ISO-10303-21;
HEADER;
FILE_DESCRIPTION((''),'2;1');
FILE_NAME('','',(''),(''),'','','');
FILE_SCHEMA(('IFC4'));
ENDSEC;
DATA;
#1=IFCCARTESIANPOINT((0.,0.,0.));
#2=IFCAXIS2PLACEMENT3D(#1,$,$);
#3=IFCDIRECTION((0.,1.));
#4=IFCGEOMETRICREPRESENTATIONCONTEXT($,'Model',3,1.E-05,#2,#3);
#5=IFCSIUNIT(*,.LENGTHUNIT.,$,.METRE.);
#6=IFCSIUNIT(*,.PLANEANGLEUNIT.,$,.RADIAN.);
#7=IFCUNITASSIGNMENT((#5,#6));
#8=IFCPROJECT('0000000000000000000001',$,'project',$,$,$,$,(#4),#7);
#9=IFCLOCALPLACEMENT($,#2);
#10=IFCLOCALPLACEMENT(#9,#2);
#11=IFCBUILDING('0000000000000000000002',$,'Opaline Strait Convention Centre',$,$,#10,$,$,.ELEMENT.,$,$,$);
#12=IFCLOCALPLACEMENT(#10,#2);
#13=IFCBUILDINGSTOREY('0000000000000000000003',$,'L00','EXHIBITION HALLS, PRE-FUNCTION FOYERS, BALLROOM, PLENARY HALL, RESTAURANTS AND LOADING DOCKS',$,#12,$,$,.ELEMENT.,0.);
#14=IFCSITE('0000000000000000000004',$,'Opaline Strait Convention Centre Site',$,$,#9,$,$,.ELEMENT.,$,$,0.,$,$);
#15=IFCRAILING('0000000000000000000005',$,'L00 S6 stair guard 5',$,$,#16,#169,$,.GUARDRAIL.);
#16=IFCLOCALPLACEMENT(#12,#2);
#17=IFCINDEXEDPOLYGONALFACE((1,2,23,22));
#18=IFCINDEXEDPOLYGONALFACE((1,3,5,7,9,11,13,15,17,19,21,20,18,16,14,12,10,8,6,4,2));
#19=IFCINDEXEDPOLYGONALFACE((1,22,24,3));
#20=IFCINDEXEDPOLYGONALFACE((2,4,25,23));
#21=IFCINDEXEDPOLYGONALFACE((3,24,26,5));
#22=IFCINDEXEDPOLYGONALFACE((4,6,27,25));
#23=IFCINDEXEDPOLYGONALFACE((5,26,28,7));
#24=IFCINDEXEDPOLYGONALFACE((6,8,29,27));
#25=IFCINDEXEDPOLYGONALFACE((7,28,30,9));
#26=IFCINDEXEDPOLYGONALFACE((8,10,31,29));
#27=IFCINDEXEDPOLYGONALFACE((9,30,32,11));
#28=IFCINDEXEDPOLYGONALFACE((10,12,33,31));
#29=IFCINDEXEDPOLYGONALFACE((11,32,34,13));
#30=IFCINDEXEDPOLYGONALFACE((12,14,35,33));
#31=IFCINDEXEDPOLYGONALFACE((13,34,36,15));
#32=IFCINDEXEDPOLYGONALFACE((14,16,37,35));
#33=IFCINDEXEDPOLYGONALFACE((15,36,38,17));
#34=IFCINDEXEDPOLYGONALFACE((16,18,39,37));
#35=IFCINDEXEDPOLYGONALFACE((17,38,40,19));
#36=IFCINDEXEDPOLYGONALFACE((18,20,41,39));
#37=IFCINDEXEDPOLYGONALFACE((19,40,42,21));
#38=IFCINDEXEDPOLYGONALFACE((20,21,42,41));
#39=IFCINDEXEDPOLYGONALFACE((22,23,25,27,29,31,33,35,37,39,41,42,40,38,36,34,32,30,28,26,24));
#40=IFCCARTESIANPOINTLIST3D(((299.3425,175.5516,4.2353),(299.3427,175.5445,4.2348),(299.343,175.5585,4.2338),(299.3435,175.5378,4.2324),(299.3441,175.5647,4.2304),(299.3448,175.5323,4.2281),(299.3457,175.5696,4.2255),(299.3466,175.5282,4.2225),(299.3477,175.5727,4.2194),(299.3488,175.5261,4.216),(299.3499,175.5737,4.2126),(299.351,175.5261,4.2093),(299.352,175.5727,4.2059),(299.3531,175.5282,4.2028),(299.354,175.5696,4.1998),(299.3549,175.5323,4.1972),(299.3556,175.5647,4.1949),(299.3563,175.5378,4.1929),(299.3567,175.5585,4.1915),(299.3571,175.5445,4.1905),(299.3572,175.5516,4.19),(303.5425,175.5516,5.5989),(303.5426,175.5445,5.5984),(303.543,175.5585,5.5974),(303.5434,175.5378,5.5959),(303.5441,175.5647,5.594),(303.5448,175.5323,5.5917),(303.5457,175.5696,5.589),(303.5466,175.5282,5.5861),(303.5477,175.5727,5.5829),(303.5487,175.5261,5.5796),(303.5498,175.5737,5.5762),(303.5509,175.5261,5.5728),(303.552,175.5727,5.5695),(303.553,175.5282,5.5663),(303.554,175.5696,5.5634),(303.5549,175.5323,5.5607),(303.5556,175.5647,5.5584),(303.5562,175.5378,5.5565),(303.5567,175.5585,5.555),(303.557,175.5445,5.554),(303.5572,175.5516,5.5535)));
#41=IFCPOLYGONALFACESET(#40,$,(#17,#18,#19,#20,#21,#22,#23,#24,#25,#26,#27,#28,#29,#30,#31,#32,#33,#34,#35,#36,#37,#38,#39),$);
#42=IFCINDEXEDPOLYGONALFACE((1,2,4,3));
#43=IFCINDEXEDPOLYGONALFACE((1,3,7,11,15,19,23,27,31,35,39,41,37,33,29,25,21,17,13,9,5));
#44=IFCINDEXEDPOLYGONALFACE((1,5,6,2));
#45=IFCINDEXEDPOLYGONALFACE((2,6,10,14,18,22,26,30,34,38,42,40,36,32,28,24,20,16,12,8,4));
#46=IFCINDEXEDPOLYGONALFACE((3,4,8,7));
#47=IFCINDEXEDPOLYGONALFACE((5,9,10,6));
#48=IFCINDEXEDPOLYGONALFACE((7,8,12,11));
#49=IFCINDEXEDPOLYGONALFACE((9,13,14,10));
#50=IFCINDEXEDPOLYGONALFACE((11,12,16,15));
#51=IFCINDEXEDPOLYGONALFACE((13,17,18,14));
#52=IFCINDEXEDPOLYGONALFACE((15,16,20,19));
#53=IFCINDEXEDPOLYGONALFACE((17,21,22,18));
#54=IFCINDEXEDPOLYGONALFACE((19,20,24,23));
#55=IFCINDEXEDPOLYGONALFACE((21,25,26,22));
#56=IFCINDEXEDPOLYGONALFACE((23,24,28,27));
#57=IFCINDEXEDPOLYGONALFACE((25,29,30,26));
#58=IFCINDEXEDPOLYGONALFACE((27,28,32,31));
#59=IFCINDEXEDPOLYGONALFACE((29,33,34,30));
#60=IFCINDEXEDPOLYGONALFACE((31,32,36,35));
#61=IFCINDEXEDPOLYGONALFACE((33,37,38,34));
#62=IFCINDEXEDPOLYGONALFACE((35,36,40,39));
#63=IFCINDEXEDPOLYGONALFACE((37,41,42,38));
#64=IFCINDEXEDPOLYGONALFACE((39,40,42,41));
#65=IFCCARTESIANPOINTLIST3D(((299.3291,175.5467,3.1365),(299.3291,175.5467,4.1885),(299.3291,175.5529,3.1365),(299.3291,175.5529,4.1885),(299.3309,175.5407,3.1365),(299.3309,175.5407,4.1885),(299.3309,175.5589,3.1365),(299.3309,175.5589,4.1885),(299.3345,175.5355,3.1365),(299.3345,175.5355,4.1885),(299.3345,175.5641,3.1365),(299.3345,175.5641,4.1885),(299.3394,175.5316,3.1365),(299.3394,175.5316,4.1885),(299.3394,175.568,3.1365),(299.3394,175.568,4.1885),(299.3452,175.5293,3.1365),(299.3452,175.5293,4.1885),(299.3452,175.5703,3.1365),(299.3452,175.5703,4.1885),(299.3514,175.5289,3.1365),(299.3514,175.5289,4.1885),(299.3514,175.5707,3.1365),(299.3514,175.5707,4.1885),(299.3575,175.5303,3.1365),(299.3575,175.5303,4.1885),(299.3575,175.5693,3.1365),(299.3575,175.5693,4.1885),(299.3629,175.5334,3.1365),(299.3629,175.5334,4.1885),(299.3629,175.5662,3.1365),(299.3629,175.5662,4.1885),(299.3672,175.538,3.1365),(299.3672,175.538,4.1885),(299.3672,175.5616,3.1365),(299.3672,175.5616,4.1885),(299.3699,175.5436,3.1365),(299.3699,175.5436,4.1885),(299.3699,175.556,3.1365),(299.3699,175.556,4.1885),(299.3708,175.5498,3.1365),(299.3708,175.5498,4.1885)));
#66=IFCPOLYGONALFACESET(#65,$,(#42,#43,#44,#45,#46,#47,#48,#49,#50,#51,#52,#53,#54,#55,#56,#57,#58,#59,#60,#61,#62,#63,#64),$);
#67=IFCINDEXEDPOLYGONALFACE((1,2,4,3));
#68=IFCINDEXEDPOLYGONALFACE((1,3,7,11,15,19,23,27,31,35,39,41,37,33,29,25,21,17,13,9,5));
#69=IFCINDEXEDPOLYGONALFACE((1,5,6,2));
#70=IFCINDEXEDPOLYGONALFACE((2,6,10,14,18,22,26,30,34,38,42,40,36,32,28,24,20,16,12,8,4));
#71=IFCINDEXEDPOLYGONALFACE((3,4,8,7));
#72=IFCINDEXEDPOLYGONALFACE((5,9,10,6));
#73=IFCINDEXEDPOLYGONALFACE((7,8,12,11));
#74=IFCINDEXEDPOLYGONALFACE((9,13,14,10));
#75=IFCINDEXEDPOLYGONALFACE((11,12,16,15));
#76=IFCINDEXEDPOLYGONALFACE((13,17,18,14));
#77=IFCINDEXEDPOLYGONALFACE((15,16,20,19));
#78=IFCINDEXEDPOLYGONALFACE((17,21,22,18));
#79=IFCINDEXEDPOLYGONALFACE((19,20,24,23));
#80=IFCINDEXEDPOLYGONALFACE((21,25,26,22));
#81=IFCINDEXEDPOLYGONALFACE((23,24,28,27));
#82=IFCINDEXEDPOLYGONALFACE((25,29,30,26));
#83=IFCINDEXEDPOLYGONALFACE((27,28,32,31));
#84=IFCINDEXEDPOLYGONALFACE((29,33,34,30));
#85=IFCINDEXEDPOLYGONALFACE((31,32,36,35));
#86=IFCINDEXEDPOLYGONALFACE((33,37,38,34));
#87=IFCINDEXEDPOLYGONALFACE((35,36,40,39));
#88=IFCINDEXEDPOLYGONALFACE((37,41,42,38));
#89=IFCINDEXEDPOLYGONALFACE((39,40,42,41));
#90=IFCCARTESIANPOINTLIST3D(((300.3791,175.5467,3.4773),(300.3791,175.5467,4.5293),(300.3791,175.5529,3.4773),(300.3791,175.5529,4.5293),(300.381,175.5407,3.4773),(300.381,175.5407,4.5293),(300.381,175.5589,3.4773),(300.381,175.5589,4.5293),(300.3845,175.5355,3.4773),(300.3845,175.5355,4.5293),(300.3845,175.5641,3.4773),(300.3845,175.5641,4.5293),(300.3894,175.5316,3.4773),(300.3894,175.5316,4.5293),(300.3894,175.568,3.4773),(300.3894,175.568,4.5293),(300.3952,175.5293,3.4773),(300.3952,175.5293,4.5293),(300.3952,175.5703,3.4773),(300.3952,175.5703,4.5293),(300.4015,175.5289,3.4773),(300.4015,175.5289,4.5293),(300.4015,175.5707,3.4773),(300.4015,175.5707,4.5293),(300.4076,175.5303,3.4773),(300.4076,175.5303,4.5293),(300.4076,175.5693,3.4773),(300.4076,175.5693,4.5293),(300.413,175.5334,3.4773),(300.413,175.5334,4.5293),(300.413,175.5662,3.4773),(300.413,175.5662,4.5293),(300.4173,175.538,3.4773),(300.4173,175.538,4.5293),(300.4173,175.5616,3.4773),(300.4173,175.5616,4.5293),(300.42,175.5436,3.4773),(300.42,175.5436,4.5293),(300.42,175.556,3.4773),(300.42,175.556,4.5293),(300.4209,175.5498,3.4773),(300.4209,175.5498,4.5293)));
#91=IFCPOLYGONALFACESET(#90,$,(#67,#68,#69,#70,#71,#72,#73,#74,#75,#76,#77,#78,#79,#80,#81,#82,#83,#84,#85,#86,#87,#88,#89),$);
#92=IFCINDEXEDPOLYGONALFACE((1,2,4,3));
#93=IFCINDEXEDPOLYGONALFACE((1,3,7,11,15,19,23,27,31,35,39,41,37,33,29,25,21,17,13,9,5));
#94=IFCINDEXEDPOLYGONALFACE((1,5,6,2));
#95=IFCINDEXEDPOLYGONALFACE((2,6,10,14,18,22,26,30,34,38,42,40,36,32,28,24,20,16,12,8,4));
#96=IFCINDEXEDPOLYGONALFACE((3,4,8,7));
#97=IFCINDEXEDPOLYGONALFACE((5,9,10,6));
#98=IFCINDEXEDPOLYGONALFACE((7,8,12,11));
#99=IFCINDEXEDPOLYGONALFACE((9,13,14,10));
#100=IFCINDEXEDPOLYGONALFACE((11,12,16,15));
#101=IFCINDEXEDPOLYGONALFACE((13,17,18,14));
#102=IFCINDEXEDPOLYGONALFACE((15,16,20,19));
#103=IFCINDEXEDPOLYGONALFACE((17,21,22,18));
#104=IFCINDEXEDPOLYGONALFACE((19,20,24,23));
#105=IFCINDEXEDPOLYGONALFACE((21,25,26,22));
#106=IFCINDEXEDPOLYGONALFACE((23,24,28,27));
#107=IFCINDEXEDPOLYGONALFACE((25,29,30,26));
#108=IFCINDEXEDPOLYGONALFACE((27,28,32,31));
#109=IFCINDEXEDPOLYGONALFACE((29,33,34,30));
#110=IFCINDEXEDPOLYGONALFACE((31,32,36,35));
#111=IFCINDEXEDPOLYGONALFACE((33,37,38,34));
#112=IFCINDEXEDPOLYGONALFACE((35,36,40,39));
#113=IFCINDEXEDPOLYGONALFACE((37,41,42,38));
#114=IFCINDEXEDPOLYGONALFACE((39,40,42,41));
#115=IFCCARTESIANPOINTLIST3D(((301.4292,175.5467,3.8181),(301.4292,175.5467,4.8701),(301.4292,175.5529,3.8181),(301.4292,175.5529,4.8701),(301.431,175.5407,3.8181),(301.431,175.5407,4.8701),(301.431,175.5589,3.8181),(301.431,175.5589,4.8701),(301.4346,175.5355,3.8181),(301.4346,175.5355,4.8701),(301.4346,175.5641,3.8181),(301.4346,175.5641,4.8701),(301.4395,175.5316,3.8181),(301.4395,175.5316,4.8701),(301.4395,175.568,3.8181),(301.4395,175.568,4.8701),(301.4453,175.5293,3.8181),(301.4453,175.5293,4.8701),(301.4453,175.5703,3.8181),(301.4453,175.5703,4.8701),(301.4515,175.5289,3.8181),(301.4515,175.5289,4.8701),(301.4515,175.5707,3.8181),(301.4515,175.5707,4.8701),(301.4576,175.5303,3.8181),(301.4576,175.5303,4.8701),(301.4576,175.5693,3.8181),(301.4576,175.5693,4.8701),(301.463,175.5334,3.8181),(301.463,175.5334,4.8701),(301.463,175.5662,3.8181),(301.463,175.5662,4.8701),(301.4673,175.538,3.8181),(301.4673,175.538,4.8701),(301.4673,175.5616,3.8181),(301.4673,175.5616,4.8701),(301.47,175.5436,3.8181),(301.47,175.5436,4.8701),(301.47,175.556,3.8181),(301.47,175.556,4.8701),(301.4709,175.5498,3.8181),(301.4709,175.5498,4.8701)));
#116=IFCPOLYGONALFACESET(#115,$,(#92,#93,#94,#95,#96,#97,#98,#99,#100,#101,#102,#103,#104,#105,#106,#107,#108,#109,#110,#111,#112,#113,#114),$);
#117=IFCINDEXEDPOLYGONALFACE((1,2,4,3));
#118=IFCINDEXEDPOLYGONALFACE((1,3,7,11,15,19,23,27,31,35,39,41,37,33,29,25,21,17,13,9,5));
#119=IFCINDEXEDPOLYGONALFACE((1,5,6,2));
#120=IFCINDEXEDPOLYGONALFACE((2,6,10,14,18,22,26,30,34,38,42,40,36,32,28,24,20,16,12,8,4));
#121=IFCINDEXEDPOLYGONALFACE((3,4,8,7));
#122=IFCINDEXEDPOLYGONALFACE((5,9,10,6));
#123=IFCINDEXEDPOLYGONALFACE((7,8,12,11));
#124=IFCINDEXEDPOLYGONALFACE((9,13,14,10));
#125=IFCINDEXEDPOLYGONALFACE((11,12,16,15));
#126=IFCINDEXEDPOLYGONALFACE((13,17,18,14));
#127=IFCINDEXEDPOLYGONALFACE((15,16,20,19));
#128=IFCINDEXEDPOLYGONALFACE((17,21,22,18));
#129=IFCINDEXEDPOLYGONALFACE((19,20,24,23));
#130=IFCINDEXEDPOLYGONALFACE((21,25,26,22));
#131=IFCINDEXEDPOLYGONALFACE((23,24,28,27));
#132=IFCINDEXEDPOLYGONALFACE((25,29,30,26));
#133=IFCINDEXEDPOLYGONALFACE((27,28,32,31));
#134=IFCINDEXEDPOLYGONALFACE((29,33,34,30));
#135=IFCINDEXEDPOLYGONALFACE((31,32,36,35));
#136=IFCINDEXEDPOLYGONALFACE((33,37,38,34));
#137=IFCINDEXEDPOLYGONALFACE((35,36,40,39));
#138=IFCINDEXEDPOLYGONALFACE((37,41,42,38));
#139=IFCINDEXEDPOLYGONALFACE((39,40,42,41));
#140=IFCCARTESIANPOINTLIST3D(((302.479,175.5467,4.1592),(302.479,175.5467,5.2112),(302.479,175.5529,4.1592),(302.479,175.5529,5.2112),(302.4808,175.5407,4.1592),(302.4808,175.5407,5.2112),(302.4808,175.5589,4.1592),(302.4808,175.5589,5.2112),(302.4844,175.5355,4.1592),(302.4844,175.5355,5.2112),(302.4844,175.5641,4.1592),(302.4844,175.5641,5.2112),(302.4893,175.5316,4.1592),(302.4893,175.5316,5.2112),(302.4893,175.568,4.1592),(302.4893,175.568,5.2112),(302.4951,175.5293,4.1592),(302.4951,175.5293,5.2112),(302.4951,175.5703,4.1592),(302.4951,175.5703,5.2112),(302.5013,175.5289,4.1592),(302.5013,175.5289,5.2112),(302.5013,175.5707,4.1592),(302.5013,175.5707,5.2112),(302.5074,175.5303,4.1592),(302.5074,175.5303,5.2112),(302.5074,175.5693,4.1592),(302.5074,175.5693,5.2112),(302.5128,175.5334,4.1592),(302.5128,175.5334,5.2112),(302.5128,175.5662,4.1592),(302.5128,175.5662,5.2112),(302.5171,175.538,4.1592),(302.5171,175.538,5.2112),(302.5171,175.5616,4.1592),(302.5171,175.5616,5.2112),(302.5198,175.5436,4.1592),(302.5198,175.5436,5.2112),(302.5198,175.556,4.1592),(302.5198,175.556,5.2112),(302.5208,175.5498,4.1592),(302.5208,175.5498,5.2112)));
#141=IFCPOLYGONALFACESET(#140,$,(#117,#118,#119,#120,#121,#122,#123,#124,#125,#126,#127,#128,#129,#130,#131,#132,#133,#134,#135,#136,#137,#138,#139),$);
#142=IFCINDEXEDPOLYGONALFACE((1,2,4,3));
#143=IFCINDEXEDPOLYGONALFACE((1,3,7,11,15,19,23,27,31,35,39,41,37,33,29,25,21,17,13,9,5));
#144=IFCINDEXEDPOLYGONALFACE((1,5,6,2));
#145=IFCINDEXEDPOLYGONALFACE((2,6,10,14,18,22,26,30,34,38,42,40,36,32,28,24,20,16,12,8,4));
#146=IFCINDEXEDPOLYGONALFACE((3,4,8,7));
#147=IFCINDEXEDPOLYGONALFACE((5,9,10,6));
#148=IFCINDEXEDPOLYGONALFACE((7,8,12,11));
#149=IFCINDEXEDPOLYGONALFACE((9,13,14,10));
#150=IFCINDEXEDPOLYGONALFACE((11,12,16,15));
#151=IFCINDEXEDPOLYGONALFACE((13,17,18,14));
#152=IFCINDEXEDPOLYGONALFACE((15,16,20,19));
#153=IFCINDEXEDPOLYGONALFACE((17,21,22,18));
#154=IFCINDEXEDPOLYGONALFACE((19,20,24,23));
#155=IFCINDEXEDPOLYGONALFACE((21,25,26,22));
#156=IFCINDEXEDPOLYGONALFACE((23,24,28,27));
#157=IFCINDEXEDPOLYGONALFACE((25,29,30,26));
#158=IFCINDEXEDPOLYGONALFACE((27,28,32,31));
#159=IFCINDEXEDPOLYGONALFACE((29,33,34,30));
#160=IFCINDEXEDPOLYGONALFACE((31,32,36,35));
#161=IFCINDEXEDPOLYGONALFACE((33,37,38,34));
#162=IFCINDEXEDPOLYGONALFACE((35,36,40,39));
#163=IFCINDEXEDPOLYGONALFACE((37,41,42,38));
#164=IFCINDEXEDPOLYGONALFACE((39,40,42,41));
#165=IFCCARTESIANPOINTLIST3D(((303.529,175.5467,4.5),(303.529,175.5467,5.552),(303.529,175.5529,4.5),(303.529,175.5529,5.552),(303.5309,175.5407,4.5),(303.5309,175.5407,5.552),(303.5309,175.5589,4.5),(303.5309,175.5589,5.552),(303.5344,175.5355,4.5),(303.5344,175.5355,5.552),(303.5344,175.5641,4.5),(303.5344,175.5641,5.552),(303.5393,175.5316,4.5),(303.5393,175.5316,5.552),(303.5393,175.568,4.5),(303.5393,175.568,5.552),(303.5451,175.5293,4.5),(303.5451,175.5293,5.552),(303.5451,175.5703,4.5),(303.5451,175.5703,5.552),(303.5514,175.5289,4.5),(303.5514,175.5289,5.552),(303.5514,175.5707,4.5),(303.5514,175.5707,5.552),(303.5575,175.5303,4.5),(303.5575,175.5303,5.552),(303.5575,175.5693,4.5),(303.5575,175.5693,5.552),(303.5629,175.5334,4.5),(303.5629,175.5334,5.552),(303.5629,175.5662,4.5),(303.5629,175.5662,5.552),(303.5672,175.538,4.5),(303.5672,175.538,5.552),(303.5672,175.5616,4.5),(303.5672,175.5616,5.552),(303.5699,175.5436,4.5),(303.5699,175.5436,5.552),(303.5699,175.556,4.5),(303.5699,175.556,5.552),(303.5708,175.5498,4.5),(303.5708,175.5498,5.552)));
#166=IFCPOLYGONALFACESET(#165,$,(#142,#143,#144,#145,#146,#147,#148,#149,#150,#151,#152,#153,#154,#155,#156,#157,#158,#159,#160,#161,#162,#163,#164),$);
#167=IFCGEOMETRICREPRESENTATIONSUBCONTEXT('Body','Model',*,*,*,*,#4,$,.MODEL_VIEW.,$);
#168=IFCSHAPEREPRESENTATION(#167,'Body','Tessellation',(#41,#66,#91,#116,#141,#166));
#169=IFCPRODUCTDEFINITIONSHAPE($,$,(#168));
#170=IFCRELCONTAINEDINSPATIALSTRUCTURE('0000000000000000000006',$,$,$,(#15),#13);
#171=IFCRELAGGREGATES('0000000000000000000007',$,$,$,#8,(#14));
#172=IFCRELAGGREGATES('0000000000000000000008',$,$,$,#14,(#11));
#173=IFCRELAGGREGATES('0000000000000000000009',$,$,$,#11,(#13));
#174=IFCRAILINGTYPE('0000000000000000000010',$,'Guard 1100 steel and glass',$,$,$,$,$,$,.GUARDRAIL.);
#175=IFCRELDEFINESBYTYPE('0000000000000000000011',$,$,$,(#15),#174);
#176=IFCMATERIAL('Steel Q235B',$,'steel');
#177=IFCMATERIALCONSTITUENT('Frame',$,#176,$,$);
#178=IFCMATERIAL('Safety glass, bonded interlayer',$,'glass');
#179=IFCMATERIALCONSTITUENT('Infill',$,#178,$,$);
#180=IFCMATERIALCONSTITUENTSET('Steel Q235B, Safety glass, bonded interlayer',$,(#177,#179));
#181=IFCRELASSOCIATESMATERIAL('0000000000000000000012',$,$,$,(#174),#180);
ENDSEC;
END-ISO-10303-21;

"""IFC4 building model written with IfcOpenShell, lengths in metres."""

from ifc_helpers import new_model, si_unit, direction, frame, origin, origin_2d, place, context, subcontext, project, spatial, circle, extrude, material, constituent, constituent_set, type_object, element, save


model = new_model("IFC4")

# Units and contexts
model_context = context("Model", 3, precision=1e-05, world=origin(), true_north=direction((0.0, 1.0)))
body_context = subcontext(model_context, "Body", "Model", "MODEL_VIEW")
ifc_project = project(units=[si_unit("LENGTHUNIT", "METRE"), si_unit("PLANEANGLEUNIT", "RADIAN")], contexts=[model_context])

# Site, building, storey
site_placement = place(None, origin())
site = spatial("IfcSite", under=ifc_project, at=site_placement, Name="Opaline Strait Convention Centre Site", CompositionType="ELEMENT", RefElevation=0.0)
building_placement = place(site_placement, origin())
building = spatial("IfcBuilding", under=site, at=building_placement, Name="Opaline Strait Convention Centre", CompositionType="ELEMENT")
storey_placement = place(building_placement, origin())
storey = spatial("IfcBuildingStorey", under=building, at=storey_placement, Name="L00", Description="EXHIBITION HALLS, PRE-FUNCTION FOYERS, BALLROOM, PLENARY HALL, RESTAURANTS AND LOADING DOCKS", CompositionType="ELEMENT", Elevation=0.0)

# Shared definitions
ifc_material_1 = material(Name="Steel Q235B", Category="steel")

# Railing
ifc_constituent_1 = constituent(ifc_material_1, Name="Frame")
ifc_material_2 = material(Name="Safety glass, bonded interlayer", Category="glass")
ifc_constituent_2 = constituent(ifc_material_2, Name="Infill")
ifc_constituent_set = constituent_set(constituents=[ifc_constituent_1, ifc_constituent_2], Name="Steel Q235B, Safety glass, bonded interlayer")
railing_type_1 = type_object("IfcRailingType", Name="Guard 1100 steel and glass", PredefinedType="GUARDRAIL", material=ifc_constituent_set)
railing_1_placement = place(storey_placement, frame((299.3499, 175.5498, 3.1365)))
element("IfcRailing", 1, at=railing_1_placement, inside=storey, type_object=railing_type_1, Name="L00 S6 stair guard 5", PredefinedType="GUARDRAIL", context=body_context, shape_type="SweptSolid", body=[
    extrude(circle(Radius=0.0239, at=origin_2d()), frame((0.0, 0.0, 1.0762), z_axis=(0.951131, 0.0, 0.308787), x_axis=(0.0, 1.0, 0.0)), (0.0, 0.0, 1.0), 4.4158),
    extrude(circle(Radius=0.021, at=origin_2d()), origin(), (0.0, 0.0, 1.0), 1.052),
    extrude(circle(Radius=0.021, at=origin_2d()), frame((1.05, 0.0, 0.3408)), (0.0, 0.0, 1.0), 1.052),
    extrude(circle(Radius=0.021, at=origin_2d()), frame((2.1001, 0.0, 0.6816)), (0.0, 0.0, 1.0), 1.052),
    extrude(circle(Radius=0.021, at=origin_2d()), frame((3.1499, 0.0, 1.0227)), (0.0, 0.0, 1.0), 1.052),
    extrude(circle(Radius=0.021, at=origin_2d()), frame((4.2, 0.0, 1.3635)), (0.0, 0.0, 1.0), 1.052),
])

save(model, "model.ifc")
